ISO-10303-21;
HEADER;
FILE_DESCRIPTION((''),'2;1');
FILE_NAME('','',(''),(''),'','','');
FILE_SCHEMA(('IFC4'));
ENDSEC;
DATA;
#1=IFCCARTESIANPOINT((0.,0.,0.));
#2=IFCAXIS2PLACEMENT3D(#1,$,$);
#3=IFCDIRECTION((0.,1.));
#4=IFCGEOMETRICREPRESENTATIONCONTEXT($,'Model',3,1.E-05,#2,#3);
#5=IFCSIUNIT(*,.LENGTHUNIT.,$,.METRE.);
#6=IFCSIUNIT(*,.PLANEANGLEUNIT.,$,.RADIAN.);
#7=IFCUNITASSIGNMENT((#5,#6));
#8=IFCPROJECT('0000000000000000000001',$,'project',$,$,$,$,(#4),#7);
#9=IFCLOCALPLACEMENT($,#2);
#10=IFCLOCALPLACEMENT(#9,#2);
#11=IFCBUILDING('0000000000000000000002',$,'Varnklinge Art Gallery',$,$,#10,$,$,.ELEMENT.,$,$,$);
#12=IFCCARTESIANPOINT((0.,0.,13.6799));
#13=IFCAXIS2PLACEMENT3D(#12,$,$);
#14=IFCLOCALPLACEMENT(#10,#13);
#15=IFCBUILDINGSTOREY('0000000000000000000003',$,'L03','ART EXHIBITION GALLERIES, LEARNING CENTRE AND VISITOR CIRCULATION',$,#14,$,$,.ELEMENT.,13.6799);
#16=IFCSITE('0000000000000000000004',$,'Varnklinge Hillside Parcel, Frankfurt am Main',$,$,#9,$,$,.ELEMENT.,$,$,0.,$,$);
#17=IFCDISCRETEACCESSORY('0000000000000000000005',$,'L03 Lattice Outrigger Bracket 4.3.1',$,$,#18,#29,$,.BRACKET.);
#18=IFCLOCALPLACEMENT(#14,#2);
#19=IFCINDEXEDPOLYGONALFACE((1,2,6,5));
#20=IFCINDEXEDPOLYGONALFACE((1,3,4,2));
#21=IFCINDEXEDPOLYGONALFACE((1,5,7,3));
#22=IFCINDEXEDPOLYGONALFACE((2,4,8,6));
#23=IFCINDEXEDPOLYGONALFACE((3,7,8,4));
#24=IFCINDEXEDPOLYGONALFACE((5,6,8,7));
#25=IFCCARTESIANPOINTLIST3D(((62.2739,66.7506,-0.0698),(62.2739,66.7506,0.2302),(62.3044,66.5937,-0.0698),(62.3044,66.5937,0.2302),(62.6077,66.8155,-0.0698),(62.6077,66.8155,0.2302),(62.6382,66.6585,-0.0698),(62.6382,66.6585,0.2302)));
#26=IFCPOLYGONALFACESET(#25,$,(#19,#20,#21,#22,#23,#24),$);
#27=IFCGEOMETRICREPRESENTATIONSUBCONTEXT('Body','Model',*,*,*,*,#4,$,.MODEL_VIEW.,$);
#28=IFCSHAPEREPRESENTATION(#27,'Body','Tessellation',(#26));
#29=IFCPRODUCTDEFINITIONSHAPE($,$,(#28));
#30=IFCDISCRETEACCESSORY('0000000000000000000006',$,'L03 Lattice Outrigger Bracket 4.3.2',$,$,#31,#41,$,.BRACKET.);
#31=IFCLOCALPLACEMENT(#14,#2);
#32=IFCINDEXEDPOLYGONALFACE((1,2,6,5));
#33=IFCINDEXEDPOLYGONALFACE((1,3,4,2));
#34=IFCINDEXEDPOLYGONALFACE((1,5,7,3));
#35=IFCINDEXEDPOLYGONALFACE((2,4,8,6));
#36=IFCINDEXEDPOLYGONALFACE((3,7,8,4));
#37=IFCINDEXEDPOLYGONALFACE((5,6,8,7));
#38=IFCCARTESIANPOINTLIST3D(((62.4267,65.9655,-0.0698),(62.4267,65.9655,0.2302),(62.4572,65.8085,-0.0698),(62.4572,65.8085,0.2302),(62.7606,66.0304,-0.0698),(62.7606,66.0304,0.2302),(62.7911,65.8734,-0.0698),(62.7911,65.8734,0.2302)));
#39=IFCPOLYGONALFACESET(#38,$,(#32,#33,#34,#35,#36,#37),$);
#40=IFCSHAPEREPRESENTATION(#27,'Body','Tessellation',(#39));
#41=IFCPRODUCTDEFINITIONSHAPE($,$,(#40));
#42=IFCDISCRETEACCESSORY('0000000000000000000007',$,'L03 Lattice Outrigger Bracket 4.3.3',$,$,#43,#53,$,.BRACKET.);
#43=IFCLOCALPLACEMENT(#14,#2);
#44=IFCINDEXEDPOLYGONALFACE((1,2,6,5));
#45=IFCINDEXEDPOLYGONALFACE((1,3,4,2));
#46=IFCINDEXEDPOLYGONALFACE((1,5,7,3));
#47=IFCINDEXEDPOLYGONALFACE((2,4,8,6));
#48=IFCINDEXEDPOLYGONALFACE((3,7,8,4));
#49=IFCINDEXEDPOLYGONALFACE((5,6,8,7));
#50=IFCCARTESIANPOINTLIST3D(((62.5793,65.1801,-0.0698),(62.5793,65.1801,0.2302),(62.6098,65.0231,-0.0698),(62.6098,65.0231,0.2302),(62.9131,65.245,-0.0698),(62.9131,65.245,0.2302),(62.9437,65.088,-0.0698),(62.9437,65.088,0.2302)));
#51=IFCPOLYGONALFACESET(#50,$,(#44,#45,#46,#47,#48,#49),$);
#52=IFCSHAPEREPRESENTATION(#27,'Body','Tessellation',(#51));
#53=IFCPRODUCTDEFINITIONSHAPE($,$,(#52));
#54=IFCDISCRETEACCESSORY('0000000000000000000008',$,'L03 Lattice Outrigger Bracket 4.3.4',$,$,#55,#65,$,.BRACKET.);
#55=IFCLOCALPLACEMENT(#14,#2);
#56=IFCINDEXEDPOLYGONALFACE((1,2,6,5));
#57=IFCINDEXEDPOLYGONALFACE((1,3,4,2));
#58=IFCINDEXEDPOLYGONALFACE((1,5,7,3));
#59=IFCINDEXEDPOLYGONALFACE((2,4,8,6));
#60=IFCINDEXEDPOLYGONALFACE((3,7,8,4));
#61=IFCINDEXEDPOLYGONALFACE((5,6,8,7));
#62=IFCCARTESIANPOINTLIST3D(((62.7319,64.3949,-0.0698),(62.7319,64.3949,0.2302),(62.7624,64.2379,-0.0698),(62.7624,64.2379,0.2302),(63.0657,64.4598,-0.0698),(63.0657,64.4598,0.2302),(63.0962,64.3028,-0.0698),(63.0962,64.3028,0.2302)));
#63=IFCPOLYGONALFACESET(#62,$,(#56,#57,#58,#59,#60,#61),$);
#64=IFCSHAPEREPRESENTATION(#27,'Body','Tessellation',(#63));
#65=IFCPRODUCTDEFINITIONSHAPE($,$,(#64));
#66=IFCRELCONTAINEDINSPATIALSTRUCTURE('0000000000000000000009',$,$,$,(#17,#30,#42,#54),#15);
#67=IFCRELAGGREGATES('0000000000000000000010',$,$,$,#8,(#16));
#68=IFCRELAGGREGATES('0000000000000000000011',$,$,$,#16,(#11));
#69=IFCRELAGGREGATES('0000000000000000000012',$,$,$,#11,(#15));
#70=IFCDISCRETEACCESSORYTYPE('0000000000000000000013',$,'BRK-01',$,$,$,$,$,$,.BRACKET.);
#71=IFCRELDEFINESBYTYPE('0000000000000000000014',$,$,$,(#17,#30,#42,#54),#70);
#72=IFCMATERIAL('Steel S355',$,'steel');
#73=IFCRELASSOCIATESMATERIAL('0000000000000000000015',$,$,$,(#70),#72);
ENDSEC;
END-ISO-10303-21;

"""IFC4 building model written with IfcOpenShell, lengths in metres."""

from ifc_helpers import new_model, si_unit, direction, frame, origin, origin_2d, place, context, subcontext, project, spatial, rectangle, extrude, material, type_object, element, save


model = new_model("IFC4")

# Units and contexts
model_context = context("Model", 3, precision=1e-05, world=origin(), true_north=direction((0.0, 1.0)))
body_context = subcontext(model_context, "Body", "Model", "MODEL_VIEW")
ifc_project = project(units=[si_unit("LENGTHUNIT", "METRE"), si_unit("PLANEANGLEUNIT", "RADIAN")], contexts=[model_context])

# Site, building, storey
site_placement = place(None, origin())
site = spatial("IfcSite", under=ifc_project, at=site_placement, Name="Varnklinge Hillside Parcel, Frankfurt am Main", CompositionType="ELEMENT", RefElevation=0.0)
building_placement = place(site_placement, origin())
building = spatial("IfcBuilding", under=site, at=building_placement, Name="Varnklinge Art Gallery", CompositionType="ELEMENT")
storey_placement = place(building_placement, frame((0.0, 0.0, 13.6799)))
storey = spatial("IfcBuildingStorey", under=building, at=storey_placement, Name="L03", Description="ART EXHIBITION GALLERIES, LEARNING CENTRE AND VISITOR CIRCULATION", CompositionType="ELEMENT", Elevation=13.6799)

# Discrete accessories
ifc_material_1 = material(Name="Steel S355", Category="steel")
discrete_accessory_type = type_object("IfcDiscreteAccessoryType", Name="BRK-01", PredefinedType="BRACKET", material=ifc_material_1)
for number, where, z_axis, x_axis, name in (
    (1, (62.4561, 66.7046, -0.0698), (0.0, 0.0, 1.0), (0.190809, -0.981627, 0.0), "L03 Lattice Outrigger Bracket 4.3.1"),
    (2, (62.6089, 65.9194, -0.0698), (0.0, 0.0, 1.0), (0.190809, -0.981627, 0.0), "L03 Lattice Outrigger Bracket 4.3.2"),
    (3, (62.7615, 65.134, -0.0698), (0.0, 0.0, 1.0), (0.190809, -0.981627, 0.0), "L03 Lattice Outrigger Bracket 4.3.3"),
    (4, (62.9141, 64.3489, -0.0698), (0.0, 0.0, 1.0), (0.190809, -0.981627, 0.0), "L03 Lattice Outrigger Bracket 4.3.4"),
):
    element("IfcDiscreteAccessory", number, at=place(storey_placement, frame(where, z_axis=z_axis, x_axis=x_axis)), inside=storey, type_object=discrete_accessory_type, Name=name, PredefinedType="BRACKET", context=body_context, shape_type="SweptSolid", body=[
        extrude(rectangle(XDim=0.1599, YDim=0.3401, at=origin_2d()), origin(), (0.0, 0.0, 1.0), 0.3),
    ])

save(model, "model.ifc")
